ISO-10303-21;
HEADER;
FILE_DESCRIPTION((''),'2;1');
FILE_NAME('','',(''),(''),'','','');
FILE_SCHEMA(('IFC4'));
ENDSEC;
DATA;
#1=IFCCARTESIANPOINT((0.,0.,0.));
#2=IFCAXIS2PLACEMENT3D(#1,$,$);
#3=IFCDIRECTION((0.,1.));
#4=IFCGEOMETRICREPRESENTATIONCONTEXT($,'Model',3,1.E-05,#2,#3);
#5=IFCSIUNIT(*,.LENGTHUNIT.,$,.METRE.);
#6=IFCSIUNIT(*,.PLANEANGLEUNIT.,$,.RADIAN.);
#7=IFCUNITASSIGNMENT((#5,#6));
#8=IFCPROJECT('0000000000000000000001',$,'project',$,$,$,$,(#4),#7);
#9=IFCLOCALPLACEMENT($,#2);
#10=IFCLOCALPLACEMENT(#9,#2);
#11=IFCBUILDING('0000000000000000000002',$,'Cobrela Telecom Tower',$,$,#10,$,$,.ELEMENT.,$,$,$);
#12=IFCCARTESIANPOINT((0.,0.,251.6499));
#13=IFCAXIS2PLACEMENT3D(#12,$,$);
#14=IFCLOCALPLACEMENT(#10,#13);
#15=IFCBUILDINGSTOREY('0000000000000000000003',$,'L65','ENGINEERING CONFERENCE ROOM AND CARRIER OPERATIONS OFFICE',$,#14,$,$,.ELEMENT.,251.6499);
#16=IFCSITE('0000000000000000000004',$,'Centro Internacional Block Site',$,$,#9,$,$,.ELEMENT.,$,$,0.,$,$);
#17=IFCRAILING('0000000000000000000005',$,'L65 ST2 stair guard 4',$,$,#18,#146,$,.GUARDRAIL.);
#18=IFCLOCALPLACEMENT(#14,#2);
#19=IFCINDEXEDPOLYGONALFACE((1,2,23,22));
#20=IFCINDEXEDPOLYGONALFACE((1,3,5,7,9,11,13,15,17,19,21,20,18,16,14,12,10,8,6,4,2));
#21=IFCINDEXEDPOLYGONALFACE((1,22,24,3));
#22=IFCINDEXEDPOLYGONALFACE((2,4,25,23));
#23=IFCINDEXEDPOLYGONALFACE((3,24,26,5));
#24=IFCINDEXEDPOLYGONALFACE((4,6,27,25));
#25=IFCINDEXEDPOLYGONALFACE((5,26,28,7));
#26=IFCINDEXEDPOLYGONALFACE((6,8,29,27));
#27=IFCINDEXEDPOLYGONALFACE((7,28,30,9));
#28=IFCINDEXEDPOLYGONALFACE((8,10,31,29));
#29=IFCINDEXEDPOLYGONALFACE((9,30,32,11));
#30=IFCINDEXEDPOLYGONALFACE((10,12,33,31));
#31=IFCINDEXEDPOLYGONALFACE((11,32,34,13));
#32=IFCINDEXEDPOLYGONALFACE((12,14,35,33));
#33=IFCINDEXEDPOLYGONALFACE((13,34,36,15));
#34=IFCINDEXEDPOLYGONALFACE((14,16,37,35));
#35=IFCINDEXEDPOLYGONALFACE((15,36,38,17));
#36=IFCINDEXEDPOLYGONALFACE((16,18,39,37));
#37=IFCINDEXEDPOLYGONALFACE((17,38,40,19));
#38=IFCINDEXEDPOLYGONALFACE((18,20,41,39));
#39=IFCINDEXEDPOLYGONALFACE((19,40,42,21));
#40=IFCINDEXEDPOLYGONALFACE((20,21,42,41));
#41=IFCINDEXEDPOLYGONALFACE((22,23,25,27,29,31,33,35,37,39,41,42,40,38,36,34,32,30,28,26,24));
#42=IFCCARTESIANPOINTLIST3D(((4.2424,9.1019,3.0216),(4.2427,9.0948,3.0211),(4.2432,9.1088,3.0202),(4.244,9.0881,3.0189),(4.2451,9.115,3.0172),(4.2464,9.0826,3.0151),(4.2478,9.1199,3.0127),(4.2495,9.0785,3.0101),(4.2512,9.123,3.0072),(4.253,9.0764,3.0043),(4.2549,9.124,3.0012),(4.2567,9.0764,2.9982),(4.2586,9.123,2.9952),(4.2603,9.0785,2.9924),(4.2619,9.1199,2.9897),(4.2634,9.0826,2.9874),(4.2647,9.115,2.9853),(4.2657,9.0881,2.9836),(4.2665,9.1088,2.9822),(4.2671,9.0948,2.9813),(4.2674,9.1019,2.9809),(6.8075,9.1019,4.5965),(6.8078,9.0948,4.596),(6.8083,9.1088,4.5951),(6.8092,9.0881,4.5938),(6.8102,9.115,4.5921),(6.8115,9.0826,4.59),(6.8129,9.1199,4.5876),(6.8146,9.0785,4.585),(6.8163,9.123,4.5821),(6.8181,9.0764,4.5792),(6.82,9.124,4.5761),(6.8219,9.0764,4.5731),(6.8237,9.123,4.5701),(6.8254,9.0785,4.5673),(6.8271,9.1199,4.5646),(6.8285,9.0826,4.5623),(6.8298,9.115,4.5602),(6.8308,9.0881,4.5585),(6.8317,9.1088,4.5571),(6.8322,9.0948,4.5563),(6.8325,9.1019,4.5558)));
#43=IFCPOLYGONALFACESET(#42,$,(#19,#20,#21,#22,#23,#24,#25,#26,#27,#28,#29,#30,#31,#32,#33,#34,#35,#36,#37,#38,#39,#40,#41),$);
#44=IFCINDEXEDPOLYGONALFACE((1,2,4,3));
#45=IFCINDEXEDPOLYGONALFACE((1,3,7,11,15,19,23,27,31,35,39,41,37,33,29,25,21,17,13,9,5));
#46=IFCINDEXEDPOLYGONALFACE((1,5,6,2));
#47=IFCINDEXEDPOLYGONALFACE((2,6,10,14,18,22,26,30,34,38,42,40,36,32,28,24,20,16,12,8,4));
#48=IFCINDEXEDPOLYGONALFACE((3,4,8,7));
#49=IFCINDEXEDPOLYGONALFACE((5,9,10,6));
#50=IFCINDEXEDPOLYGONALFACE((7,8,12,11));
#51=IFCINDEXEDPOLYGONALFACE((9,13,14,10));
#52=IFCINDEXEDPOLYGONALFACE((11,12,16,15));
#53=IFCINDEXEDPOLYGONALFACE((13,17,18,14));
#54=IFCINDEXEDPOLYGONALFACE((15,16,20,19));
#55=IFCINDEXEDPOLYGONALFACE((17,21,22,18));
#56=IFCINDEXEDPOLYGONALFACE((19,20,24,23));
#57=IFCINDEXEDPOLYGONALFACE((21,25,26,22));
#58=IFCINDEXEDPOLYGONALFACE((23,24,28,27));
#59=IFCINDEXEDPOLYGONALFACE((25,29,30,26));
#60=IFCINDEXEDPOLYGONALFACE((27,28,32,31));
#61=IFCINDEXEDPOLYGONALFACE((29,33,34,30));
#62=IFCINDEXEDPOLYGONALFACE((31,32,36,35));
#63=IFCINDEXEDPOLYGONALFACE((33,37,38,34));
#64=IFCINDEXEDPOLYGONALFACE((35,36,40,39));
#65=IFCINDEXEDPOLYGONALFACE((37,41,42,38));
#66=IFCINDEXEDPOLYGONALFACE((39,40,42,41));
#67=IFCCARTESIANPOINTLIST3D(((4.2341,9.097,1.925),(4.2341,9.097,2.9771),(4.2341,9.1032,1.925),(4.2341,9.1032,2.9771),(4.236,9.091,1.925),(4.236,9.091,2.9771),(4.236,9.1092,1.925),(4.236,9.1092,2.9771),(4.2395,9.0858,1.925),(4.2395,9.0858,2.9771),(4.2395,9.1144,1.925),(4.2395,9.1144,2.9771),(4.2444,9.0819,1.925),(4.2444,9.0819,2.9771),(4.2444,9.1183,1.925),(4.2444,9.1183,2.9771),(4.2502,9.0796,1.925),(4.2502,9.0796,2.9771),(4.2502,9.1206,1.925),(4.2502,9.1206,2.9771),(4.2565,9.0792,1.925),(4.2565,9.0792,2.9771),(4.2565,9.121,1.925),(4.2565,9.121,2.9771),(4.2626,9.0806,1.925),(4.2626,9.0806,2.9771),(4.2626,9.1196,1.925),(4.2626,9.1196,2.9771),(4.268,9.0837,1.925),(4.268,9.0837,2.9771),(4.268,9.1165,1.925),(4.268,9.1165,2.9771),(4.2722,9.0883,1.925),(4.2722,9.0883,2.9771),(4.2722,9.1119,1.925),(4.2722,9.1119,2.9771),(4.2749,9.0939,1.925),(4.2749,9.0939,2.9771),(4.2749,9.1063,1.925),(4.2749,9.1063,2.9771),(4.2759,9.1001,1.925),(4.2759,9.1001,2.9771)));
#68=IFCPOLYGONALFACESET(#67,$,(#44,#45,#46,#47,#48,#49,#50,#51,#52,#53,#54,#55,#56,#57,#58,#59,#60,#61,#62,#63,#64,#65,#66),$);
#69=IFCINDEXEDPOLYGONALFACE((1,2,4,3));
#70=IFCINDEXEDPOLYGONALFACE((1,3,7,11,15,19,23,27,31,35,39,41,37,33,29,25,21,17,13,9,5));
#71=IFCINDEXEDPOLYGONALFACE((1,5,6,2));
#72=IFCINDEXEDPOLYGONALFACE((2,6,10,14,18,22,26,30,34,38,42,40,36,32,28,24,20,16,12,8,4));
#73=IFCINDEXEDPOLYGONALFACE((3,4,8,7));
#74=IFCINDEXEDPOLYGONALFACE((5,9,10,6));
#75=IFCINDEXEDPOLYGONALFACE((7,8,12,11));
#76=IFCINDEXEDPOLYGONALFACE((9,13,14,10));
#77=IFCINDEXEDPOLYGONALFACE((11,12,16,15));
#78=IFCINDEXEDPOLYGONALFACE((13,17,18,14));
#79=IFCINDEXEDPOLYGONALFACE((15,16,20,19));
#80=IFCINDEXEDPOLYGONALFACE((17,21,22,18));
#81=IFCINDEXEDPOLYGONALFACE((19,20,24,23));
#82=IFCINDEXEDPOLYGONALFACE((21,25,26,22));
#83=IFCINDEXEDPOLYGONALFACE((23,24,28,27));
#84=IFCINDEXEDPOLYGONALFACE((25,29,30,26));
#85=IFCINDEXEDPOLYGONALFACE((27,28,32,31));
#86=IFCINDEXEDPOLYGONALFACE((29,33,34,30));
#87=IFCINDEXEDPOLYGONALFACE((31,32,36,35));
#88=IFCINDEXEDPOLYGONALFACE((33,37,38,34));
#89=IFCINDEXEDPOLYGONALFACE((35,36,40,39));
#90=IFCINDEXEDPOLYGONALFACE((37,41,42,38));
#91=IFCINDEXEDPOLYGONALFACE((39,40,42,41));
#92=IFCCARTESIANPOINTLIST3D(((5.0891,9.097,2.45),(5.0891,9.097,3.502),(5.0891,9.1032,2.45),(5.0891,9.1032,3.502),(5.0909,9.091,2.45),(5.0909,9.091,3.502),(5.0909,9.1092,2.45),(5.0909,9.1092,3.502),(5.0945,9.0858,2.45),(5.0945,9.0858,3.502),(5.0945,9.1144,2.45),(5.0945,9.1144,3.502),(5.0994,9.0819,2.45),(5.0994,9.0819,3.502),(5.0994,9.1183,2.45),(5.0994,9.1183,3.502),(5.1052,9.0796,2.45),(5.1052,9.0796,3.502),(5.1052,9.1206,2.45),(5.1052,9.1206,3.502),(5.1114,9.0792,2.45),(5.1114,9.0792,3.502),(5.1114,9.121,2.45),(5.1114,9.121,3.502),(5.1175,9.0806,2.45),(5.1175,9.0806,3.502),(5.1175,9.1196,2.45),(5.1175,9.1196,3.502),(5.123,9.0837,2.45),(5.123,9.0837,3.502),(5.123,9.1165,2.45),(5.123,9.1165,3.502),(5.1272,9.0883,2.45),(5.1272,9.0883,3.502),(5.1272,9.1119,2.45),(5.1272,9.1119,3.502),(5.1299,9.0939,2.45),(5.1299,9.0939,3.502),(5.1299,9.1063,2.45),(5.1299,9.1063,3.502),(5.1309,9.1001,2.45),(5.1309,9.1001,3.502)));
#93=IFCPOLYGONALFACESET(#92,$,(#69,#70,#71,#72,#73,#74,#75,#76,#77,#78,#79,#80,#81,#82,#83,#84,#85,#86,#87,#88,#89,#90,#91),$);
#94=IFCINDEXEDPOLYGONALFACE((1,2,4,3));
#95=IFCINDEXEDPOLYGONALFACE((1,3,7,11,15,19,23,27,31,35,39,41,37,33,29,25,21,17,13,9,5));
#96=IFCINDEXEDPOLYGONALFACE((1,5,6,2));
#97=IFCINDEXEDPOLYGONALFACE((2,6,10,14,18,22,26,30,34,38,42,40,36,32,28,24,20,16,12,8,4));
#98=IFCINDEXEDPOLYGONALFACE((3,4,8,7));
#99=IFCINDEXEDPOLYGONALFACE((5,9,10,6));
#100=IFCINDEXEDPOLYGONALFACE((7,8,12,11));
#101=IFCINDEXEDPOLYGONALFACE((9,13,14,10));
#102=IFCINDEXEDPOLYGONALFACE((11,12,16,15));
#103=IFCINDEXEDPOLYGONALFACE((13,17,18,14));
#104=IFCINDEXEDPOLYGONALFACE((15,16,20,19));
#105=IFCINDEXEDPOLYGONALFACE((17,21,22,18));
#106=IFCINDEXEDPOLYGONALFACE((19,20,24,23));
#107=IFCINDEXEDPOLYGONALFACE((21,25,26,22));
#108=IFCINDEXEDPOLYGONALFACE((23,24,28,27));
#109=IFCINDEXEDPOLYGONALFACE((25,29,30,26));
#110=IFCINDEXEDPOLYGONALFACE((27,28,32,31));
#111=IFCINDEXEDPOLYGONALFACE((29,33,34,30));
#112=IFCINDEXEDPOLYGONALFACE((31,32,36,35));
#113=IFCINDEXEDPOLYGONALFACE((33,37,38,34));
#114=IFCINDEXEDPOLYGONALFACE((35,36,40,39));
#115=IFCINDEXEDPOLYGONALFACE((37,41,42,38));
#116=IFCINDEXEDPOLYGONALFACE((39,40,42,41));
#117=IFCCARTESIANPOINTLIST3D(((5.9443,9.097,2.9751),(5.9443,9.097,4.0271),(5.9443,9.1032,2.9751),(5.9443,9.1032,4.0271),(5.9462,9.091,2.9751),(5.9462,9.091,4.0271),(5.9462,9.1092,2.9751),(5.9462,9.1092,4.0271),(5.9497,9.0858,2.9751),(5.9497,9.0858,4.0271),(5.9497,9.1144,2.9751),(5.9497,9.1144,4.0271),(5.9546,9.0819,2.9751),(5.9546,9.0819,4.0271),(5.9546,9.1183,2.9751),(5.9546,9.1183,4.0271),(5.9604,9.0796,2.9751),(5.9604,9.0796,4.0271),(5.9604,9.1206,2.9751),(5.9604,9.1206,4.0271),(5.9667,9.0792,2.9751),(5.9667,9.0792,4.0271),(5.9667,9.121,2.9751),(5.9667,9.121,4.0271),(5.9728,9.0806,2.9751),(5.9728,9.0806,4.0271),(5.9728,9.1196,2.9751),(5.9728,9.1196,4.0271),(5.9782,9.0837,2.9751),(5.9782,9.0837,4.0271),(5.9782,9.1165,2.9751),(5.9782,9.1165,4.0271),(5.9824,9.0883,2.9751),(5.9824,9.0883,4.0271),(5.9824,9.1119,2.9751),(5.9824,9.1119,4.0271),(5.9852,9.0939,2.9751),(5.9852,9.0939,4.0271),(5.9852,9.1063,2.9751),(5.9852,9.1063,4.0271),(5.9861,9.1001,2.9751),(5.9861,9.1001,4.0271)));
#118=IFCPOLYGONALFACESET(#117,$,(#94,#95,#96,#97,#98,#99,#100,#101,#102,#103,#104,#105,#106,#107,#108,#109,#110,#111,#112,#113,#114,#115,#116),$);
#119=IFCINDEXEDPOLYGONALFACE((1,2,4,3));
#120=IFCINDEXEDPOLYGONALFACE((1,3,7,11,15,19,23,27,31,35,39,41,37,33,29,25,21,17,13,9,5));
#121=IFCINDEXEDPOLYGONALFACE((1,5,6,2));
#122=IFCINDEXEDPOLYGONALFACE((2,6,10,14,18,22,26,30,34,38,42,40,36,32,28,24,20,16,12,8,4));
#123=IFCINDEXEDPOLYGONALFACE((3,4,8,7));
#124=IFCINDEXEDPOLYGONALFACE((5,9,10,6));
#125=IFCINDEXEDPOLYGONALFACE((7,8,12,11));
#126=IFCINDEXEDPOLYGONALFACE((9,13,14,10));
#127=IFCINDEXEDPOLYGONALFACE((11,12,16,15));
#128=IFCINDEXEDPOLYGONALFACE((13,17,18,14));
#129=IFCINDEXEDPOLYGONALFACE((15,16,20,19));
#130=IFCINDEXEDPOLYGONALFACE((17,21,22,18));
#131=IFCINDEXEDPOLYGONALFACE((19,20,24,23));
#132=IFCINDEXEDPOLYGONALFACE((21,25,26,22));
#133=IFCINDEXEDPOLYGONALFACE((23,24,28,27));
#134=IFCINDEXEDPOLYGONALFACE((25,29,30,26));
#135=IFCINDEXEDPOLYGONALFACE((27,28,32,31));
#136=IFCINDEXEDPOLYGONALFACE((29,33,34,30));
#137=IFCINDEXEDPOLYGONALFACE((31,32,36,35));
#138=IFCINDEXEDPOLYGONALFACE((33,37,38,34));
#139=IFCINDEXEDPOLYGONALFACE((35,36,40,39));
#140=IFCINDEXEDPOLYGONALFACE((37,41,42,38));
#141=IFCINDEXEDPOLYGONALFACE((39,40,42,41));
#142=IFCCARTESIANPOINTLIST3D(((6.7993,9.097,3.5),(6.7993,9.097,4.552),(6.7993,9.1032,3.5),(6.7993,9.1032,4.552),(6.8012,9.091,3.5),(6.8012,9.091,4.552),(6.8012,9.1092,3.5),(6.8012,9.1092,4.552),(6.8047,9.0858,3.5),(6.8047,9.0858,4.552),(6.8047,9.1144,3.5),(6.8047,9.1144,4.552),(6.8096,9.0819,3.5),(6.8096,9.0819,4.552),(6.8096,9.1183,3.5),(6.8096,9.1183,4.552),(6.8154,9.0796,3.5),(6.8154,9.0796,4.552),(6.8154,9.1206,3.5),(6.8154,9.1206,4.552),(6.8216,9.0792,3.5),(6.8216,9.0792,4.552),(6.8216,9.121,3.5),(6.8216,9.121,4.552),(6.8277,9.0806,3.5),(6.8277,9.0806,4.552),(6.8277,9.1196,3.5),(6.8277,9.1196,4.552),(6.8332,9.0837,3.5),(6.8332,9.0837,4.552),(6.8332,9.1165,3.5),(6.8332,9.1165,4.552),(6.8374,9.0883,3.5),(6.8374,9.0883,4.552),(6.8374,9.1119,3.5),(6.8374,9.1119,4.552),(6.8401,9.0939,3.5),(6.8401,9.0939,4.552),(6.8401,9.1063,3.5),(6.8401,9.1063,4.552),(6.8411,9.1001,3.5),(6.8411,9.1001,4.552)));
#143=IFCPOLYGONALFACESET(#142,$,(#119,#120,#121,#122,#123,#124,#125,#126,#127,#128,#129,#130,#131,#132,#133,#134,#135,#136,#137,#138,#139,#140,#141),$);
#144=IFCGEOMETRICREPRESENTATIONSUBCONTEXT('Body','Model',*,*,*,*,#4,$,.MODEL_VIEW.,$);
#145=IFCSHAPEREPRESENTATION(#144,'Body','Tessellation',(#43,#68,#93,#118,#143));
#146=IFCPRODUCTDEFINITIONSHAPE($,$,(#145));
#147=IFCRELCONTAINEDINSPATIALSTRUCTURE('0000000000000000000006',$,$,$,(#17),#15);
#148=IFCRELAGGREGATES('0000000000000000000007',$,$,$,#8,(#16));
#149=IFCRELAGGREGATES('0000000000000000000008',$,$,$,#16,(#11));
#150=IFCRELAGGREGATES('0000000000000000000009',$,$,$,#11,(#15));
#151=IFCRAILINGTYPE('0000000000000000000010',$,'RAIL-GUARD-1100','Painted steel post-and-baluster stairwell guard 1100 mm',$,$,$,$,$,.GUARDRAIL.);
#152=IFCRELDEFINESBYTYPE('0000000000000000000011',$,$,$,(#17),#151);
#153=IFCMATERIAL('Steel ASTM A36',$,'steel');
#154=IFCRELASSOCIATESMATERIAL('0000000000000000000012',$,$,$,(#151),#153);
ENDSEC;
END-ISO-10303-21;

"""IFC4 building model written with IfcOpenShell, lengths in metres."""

from ifc_helpers import new_model, si_unit, direction, frame, origin, origin_2d, place, context, subcontext, project, spatial, circle, extrude, material, type_object, element, save


model = new_model("IFC4")

# Units and contexts
model_context = context("Model", 3, precision=1e-05, world=origin(), true_north=direction((0.0, 1.0)))
body_context = subcontext(model_context, "Body", "Model", "MODEL_VIEW")
ifc_project = project(units=[si_unit("LENGTHUNIT", "METRE"), si_unit("PLANEANGLEUNIT", "RADIAN")], contexts=[model_context])

# Site, building, storey
site_placement = place(None, origin())
site = spatial("IfcSite", under=ifc_project, at=site_placement, Name="Centro Internacional Block Site", CompositionType="ELEMENT", RefElevation=0.0)
building_placement = place(site_placement, origin())
building = spatial("IfcBuilding", under=site, at=building_placement, Name="Cobrela Telecom Tower", CompositionType="ELEMENT")
storey_placement = place(building_placement, frame((0.0, 0.0, 251.6499)))
storey = spatial("IfcBuildingStorey", under=building, at=storey_placement, Name="L65", Description="ENGINEERING CONFERENCE ROOM AND CARRIER OPERATIONS OFFICE", CompositionType="ELEMENT", Elevation=251.6499)

# Shared definitions
ifc_material_1 = material(Name="Steel ASTM A36", Category="steel")

# Railing
railing_type_1 = type_object("IfcRailingType", Name="RAIL-GUARD-1100", Description="Painted steel post-and-baluster stairwell guard 1100 mm", PredefinedType="GUARDRAIL", material=ifc_material_1)
railing_1_placement = place(storey_placement, frame((4.2549, 9.1001, 1.925)))
element("IfcRailing", 1, at=railing_1_placement, inside=storey, type_object=railing_type_1, Name="L65 ST2 stair guard 4", PredefinedType="GUARDRAIL", context=body_context, shape_type="SweptSolid", body=[
    extrude(circle(Radius=0.0239, at=origin_2d()), frame((0.0, 0.0, 1.0762), z_axis=(0.852195, 0.0, 0.523224), x_axis=(0.0, 1.0, 0.0)), (0.0, 0.0, 1.0), 3.01),
    extrude(circle(Radius=0.021, at=origin_2d()), origin(), (0.0, 0.0, 1.0), 1.052),
    extrude(circle(Radius=0.021, at=origin_2d()), frame((0.855, 0.0, 0.5249)), (0.0, 0.0, 1.0), 1.052),
    extrude(circle(Radius=0.021, at=origin_2d()), frame((1.7102, 0.0, 1.05)), (0.0, 0.0, 1.0), 1.052),
    extrude(circle(Radius=0.021, at=origin_2d()), frame((2.5652, 0.0, 1.575)), (0.0, 0.0, 1.0), 1.052),
])

save(model, "model.ifc")
